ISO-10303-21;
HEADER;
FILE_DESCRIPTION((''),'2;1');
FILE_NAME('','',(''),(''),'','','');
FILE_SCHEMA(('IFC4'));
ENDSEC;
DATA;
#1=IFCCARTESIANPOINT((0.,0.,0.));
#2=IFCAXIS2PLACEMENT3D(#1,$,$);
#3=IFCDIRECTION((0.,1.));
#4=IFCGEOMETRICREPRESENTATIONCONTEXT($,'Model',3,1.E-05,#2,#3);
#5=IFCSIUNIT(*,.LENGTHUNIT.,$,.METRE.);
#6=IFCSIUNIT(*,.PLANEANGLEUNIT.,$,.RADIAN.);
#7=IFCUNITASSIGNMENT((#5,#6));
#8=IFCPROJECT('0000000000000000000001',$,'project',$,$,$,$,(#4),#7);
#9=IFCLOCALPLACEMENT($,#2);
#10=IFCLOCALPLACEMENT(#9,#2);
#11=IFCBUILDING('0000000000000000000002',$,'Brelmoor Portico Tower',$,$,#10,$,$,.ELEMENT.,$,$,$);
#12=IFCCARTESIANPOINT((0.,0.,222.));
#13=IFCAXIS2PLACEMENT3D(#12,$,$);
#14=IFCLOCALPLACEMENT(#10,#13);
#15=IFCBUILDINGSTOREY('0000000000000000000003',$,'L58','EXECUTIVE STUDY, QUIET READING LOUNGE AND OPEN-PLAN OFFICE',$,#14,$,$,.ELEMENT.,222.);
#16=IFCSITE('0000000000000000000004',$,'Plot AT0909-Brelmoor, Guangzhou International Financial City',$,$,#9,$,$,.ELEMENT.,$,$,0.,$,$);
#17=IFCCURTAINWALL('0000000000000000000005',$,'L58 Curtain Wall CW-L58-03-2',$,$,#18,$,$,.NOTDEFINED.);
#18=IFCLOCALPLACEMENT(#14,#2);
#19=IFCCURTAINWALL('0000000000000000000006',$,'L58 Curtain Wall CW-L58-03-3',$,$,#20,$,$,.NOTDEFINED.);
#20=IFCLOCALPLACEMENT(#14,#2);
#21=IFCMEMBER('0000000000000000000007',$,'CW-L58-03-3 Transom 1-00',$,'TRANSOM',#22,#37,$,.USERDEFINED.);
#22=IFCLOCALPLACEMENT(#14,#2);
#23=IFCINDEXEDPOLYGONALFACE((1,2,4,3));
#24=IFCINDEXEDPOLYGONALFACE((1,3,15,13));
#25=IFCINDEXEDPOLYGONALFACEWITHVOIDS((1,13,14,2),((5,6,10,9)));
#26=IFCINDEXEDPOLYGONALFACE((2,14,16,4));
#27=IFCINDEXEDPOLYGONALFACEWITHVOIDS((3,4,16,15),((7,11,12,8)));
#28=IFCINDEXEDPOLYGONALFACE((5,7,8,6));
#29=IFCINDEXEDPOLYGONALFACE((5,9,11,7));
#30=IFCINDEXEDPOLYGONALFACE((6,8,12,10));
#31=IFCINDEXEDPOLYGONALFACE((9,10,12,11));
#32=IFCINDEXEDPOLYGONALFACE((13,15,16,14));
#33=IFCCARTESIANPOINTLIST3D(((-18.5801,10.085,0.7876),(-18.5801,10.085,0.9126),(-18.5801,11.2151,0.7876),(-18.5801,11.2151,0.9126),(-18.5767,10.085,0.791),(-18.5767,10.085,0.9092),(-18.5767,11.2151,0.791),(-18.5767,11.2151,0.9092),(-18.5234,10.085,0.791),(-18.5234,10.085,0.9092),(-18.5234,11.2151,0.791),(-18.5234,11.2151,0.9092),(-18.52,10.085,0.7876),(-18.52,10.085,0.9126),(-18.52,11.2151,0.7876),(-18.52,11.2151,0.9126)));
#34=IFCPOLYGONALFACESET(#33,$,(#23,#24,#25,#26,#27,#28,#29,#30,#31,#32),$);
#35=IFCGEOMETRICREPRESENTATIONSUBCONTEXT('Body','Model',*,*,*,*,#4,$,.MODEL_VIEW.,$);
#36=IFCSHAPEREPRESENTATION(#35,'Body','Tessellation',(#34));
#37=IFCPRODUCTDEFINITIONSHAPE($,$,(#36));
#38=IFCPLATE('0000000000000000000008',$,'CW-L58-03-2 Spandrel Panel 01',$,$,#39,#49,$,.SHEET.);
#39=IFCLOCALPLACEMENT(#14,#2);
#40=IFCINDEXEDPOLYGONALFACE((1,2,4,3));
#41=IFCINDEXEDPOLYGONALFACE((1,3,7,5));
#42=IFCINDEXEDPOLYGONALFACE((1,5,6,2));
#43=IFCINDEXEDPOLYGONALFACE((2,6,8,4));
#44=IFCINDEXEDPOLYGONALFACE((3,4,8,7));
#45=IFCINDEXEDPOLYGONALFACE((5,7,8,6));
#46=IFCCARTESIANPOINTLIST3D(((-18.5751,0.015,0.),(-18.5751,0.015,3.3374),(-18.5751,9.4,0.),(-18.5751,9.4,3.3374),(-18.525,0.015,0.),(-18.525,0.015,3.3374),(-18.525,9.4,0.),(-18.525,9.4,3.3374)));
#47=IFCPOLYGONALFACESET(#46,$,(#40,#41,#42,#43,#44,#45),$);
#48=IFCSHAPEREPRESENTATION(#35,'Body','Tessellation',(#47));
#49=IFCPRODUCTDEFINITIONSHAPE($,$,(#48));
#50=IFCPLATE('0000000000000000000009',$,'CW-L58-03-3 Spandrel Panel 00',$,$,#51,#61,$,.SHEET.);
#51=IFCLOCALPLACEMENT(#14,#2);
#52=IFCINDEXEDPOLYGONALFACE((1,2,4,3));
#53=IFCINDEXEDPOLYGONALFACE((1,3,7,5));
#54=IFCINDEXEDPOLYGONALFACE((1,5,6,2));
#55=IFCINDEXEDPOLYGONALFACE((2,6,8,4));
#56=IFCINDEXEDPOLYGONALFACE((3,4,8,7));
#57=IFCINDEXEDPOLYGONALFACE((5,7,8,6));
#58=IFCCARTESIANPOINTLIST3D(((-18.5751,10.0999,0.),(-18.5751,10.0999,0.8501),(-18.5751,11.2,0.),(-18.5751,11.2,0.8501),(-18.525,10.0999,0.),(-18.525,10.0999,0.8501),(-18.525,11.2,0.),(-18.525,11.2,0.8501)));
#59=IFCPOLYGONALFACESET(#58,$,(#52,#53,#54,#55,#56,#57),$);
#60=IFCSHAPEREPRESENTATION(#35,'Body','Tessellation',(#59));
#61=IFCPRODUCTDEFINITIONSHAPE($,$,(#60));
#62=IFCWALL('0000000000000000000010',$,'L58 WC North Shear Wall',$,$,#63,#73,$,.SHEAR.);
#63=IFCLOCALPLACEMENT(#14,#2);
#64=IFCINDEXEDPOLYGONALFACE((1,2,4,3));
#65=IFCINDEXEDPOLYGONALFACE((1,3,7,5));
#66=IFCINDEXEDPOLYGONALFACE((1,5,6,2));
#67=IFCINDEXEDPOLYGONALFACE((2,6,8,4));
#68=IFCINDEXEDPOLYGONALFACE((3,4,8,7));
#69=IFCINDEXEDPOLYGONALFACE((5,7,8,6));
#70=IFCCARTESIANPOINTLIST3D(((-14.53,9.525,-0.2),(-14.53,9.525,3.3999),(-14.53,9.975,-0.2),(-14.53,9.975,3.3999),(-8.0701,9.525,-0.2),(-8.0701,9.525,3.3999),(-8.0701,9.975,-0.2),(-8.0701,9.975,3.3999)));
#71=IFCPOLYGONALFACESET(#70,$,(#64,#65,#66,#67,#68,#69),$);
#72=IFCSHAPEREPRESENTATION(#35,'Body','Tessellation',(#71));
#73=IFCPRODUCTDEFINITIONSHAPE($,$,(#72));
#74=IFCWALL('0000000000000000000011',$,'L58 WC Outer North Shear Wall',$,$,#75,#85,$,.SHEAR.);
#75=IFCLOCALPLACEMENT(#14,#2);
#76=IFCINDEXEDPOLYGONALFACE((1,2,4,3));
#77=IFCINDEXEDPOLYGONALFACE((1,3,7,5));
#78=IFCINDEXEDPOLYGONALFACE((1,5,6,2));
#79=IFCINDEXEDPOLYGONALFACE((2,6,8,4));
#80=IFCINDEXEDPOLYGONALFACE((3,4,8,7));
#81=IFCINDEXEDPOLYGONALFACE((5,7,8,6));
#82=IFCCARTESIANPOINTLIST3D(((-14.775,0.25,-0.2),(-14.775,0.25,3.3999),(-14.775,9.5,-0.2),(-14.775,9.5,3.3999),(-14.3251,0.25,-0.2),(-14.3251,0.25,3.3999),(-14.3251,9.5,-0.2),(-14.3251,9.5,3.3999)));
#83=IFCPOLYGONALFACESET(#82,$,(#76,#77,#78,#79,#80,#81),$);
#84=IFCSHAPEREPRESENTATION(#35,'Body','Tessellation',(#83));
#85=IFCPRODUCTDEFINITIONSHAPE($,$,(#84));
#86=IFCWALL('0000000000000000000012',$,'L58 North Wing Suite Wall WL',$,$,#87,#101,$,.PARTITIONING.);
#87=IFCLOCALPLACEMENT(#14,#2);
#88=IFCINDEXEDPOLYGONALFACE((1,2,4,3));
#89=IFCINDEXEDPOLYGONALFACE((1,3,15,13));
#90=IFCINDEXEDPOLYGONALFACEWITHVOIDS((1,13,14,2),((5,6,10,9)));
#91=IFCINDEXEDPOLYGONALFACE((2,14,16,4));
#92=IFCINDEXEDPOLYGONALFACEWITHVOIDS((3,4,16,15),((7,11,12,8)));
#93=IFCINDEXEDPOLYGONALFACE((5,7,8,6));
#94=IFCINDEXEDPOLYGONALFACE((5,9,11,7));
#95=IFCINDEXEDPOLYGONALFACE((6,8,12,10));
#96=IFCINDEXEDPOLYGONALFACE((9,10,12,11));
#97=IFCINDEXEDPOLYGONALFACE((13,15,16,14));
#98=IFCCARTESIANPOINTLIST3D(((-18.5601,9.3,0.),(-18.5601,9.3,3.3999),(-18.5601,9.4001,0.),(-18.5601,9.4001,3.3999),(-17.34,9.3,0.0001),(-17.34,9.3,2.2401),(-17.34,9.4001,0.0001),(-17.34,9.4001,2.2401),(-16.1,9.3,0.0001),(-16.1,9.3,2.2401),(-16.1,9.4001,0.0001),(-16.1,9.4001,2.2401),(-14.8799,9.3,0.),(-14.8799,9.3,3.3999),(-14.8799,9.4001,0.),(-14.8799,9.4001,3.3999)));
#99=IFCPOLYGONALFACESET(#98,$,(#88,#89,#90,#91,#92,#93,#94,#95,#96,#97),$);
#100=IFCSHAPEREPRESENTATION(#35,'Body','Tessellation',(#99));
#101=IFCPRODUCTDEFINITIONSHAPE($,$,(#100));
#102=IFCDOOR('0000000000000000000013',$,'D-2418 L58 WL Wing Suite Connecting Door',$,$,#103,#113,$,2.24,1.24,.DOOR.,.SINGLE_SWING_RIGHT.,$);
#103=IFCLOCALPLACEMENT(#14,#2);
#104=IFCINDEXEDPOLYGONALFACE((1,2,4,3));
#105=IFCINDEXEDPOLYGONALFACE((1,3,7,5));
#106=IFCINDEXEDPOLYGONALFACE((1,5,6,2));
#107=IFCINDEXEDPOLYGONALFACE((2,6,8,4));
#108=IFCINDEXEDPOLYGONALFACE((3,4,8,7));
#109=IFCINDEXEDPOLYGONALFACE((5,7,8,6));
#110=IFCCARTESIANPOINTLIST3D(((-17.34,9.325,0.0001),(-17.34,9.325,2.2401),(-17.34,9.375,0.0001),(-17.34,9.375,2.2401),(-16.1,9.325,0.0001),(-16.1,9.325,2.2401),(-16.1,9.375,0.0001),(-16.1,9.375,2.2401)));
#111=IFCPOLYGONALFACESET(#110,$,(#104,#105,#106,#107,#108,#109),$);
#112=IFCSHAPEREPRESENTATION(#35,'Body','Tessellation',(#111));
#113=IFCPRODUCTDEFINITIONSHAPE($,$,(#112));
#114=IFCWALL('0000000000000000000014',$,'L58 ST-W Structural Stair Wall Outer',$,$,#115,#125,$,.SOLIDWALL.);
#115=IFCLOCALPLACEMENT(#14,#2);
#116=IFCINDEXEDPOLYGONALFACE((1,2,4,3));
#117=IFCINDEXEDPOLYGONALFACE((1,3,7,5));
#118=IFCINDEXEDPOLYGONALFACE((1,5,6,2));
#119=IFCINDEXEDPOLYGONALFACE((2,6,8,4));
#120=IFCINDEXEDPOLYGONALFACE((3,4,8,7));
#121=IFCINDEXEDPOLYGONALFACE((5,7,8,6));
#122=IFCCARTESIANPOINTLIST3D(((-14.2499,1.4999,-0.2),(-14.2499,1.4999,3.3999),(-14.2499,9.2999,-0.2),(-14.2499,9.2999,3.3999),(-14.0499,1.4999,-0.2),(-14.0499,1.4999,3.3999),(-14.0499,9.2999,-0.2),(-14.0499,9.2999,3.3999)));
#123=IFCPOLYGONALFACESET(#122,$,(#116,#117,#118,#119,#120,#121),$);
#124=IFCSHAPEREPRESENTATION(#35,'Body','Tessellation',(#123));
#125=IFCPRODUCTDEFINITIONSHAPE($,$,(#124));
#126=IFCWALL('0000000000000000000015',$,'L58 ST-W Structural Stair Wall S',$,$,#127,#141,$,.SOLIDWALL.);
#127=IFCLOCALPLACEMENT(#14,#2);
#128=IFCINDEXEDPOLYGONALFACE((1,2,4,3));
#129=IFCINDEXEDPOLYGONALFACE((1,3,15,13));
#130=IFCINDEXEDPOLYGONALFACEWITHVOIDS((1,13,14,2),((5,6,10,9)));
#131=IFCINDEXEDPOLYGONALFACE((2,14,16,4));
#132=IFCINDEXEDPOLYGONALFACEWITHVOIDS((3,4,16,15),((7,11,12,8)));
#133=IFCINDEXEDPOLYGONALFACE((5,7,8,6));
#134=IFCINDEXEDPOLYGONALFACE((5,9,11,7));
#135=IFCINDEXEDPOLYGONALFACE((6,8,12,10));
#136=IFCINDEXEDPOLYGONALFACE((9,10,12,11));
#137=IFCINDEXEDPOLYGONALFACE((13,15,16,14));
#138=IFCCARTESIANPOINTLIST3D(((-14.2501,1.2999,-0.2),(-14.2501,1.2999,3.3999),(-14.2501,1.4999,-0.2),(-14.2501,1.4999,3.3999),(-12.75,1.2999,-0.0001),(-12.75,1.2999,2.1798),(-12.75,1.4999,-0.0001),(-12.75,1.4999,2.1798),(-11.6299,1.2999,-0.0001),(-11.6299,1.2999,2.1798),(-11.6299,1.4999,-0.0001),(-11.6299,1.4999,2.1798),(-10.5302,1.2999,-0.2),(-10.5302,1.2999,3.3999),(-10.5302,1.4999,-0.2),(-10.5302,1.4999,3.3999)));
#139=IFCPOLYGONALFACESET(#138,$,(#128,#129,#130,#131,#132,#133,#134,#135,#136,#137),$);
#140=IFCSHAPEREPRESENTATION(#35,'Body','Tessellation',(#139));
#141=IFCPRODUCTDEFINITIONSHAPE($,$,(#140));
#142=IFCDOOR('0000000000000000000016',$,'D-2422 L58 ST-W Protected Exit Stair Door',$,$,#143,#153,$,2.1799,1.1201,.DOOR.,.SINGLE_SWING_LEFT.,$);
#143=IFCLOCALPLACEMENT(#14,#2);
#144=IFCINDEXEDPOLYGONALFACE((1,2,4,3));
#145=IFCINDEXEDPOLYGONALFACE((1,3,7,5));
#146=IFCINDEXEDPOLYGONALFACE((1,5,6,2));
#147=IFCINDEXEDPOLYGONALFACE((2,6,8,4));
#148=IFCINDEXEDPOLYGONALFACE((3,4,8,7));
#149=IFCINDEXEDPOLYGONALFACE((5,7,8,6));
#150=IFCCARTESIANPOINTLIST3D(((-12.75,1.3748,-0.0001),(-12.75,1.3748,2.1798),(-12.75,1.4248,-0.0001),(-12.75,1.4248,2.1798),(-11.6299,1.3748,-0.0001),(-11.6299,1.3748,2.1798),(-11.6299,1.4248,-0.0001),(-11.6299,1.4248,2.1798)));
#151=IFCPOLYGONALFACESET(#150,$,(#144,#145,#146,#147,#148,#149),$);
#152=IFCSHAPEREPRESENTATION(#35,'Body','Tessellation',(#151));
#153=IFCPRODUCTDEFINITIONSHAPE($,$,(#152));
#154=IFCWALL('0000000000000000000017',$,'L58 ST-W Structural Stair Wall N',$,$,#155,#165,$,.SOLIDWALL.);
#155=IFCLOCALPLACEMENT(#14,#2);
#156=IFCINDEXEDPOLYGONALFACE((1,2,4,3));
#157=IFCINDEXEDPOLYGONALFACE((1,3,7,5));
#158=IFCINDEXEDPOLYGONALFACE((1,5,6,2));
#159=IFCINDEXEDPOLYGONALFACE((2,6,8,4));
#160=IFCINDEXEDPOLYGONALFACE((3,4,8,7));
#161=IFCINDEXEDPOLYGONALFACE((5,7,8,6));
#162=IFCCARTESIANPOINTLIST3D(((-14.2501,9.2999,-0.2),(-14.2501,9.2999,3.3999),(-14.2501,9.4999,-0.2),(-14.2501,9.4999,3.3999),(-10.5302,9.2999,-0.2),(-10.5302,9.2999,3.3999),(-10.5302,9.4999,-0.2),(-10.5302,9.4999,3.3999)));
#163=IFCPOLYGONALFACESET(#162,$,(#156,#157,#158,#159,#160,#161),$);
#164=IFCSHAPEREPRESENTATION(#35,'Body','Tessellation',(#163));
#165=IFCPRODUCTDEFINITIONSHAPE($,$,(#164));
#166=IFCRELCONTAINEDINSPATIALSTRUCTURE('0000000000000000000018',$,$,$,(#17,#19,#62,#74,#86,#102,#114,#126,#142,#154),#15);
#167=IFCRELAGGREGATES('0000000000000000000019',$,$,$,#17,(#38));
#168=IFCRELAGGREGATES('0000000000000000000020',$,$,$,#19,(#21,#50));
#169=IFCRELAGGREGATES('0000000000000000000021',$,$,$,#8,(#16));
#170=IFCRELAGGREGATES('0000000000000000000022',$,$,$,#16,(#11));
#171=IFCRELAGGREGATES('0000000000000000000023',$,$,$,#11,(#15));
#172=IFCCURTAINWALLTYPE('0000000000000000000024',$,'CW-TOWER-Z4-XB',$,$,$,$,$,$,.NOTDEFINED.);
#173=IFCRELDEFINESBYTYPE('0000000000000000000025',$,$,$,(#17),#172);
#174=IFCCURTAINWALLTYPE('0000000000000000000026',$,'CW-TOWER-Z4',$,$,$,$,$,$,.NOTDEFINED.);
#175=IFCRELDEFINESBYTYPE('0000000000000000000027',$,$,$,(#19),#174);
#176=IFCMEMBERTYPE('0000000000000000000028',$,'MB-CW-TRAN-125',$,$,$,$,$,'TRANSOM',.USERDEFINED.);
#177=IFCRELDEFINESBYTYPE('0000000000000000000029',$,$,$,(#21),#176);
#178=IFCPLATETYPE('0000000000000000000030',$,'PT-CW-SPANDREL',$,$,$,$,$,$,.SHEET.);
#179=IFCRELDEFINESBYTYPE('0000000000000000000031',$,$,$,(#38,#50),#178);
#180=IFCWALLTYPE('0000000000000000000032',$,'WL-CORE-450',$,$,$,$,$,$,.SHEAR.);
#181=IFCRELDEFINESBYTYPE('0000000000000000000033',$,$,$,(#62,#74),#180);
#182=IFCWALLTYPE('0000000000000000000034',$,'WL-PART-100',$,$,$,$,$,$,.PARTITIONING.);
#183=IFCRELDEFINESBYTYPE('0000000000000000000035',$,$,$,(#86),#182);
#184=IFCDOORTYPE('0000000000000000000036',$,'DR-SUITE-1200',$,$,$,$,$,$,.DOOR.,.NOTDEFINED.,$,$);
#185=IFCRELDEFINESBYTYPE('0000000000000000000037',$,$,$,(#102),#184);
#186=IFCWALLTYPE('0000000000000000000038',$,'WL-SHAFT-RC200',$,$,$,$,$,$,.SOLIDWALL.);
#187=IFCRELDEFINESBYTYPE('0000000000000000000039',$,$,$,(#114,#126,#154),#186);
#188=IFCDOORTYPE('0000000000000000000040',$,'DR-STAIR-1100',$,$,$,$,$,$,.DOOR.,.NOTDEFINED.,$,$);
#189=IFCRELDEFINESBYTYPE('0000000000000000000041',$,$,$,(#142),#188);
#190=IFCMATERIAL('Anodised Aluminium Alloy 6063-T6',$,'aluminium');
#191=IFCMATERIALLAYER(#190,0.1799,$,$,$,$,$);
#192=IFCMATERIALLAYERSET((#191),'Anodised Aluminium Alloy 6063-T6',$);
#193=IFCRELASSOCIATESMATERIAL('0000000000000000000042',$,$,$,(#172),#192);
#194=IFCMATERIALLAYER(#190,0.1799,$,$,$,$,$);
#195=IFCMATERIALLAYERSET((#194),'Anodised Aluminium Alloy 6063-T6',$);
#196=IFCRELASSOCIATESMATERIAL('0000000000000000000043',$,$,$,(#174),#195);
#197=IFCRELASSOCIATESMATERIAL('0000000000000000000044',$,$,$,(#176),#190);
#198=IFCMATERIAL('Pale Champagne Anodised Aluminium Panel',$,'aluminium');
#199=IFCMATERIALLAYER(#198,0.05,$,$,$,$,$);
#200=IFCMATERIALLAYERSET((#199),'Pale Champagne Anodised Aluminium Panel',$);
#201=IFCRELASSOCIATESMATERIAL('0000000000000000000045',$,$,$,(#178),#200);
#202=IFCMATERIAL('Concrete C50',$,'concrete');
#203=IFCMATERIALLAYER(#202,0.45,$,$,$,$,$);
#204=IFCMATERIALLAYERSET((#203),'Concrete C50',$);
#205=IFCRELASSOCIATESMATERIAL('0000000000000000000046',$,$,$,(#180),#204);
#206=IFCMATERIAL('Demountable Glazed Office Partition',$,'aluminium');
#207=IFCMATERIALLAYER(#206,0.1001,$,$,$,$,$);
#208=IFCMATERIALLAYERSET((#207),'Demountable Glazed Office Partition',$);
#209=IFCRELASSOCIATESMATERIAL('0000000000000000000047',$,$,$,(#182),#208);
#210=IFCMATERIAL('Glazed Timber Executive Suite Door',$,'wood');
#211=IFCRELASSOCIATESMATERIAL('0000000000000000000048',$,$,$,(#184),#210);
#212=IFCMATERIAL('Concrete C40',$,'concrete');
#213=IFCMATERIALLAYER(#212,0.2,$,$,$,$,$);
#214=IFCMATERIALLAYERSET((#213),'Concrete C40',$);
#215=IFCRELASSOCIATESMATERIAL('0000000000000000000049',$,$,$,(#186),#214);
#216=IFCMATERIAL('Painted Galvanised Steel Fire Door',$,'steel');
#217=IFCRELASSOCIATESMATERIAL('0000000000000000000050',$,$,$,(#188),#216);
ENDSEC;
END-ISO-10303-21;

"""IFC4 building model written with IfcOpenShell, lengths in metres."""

from ifc_helpers import new_model, si_unit, direction, frame, frame_2d, origin, origin_2d, place, context, subcontext, project, spatial, rectangle, hollow_rectangle, extrude, material, layer, layer_set, material_profile, profile_set, type_object, element, fill, aggregate, save


model = new_model("IFC4")

# Units and contexts
model_context = context("Model", 3, precision=1e-05, world=origin(), true_north=direction((0.0, 1.0)))
body_context = subcontext(model_context, "Body", "Model", "MODEL_VIEW")
ifc_project = project(units=[si_unit("LENGTHUNIT", "METRE"), si_unit("PLANEANGLEUNIT", "RADIAN")], contexts=[model_context])

# Site, building, storey
site_placement = place(None, origin())
site = spatial("IfcSite", under=ifc_project, at=site_placement, Name="Plot AT0909-Brelmoor, Guangzhou International Financial City", CompositionType="ELEMENT", RefElevation=0.0)
building_placement = place(site_placement, origin())
building = spatial("IfcBuilding", under=site, at=building_placement, Name="Brelmoor Portico Tower", CompositionType="ELEMENT")
storey_placement = place(building_placement, frame((0.0, 0.0, 222.0)))
storey = spatial("IfcBuildingStorey", under=building, at=storey_placement, Name="L58", Description="EXECUTIVE STUDY, QUIET READING LOUNGE AND OPEN-PLAN OFFICE", CompositionType="ELEMENT", Elevation=222.0)

# Curtain wall
ifc_material_1 = material(Name="Anodised Aluminium Alloy 6063-T6", Category="aluminium")
ifc_layer_1 = layer(ifc_material_1, 0.1799)
ifc_layer_set_1 = layer_set([ifc_layer_1], Name="Anodised Aluminium Alloy 6063-T6")
curtain_wall_type_1 = type_object("IfcCurtainWallType", Name="CW-TOWER-Z4-XB", PredefinedType="NOTDEFINED", material=ifc_layer_set_1)
curtain_wall_1_placement = place(storey_placement, origin())
curtain_wall_1 = element("IfcCurtainWall", 1, at=curtain_wall_1_placement, inside=storey, type_object=curtain_wall_type_1, Name="L58 Curtain Wall CW-L58-03-2", PredefinedType="NOTDEFINED")

# Curtain wall, member
ifc_layer_2 = layer(ifc_material_1, 0.1799)
ifc_layer_set_2 = layer_set([ifc_layer_2], Name="Anodised Aluminium Alloy 6063-T6")
curtain_wall_type_2 = type_object("IfcCurtainWallType", Name="CW-TOWER-Z4", PredefinedType="NOTDEFINED", material=ifc_layer_set_2)
curtain_wall_2_placement = place(storey_placement, origin())
curtain_wall_2 = element("IfcCurtainWall", 2, at=curtain_wall_2_placement, inside=storey, type_object=curtain_wall_type_2, Name="L58 Curtain Wall CW-L58-03-3", PredefinedType="NOTDEFINED")
ifc_material_profile_1 = material_profile(ifc_material_1, hollow_rectangle(XDim=0.0601, YDim=0.125, WallThickness=0.0034, at=origin_2d()), Name="ALU TRANSOM 60x125")
ifc_profile_set_1 = profile_set([ifc_material_profile_1], Name="Anodised Aluminium Alloy 6063-T6")
member_type_1 = type_object("IfcMemberType", Name="MB-CW-TRAN-125", ElementType="TRANSOM", PredefinedType="USERDEFINED", material=ifc_profile_set_1)
member_1_placement = place(storey_placement, frame((-18.55, 10.085, 0.8501), z_axis=(0.0, 1.0, 0.0), x_axis=(-1.0, 0.0, 0.0)))
member_1 = element("IfcMember", 3, at=member_1_placement, type_object=member_type_1, Name="CW-L58-03-3 Transom 1-00", ObjectType="TRANSOM", PredefinedType="USERDEFINED", context=body_context, shape_type="SweptSolid", body=[
    extrude(hollow_rectangle(XDim=0.0601, YDim=0.125, WallThickness=0.0034, at=origin_2d()), origin(), (0.0, 0.0, 1.0), 1.1301),
])

# Plates
ifc_material_2 = material(Name="Pale Champagne Anodised Aluminium Panel", Category="aluminium")
ifc_layer_3 = layer(ifc_material_2, 0.05)
ifc_layer_set_3 = layer_set([ifc_layer_3], Name="Pale Champagne Anodised Aluminium Panel")
plate_type = type_object("IfcPlateType", Name="PT-CW-SPANDREL", PredefinedType="SHEET", material=ifc_layer_set_3)
plate_1_placement = place(storey_placement, frame((-18.55, 4.7075, 0.0), z_axis=(0.0, 0.0, 1.0), x_axis=(0.0, 1.0, 0.0)))
plate_1 = element("IfcPlate", 4, at=plate_1_placement, type_object=plate_type, Name="CW-L58-03-2 Spandrel Panel 01", PredefinedType="SHEET", context=body_context, shape_type="SweptSolid", body=[
    extrude(rectangle(XDim=9.385, YDim=0.05, at=origin_2d()), origin(), (0.0, 0.0, 1.0), 3.3374),
])
aggregate(curtain_wall_1, [plate_1])
plate_2_placement = place(storey_placement, frame((-18.55, 10.6499, 0.0), z_axis=(0.0, 0.0, 1.0), x_axis=(0.0, 1.0, 0.0)))
plate_2 = element("IfcPlate", 5, at=plate_2_placement, type_object=plate_type, Name="CW-L58-03-3 Spandrel Panel 00", PredefinedType="SHEET", context=body_context, shape_type="SweptSolid", body=[
    extrude(rectangle(XDim=1.1001, YDim=0.05, at=origin_2d()), origin(), (0.0, 0.0, 1.0), 0.8501),
])
aggregate(curtain_wall_2, [member_1, plate_2])

# Walls
ifc_material_3 = material(Name="Concrete C50", Category="concrete")
ifc_layer_4 = layer(ifc_material_3, 0.45)
ifc_layer_set_4 = layer_set([ifc_layer_4], Name="Concrete C50")
wall_type_1 = type_object("IfcWallType", Name="WL-CORE-450", PredefinedType="SHEAR", material=ifc_layer_set_4)
wall_1_placement = place(storey_placement, frame((-14.53, 9.75, -0.2), z_axis=(0.0, 0.0, 1.0), x_axis=(1.0, 0.0, 0.0)))
element("IfcWall", 6, at=wall_1_placement, inside=storey, type_object=wall_type_1, Name="L58 WC North Shear Wall", PredefinedType="SHEAR", context=body_context, shape_type="SweptSolid", body=[
    extrude(rectangle(XDim=6.46, YDim=0.45, at=frame_2d((3.23, 0.0))), origin(), (0.0, 0.0, 1.0), 3.5999),
])
wall_2_placement = place(storey_placement, frame((-14.55, 0.25, -0.2), z_axis=(0.0, 0.0, 1.0), x_axis=(0.0, 1.0, 0.0)))
element("IfcWall", 7, at=wall_2_placement, inside=storey, type_object=wall_type_1, Name="L58 WC Outer North Shear Wall", PredefinedType="SHEAR", context=body_context, shape_type="SweptSolid", body=[
    extrude(rectangle(XDim=9.25, YDim=0.45, at=frame_2d((4.625, 0.0))), origin(), (0.0, 0.0, 1.0), 3.5999),
])

# Wall, opening, door
ifc_material_4 = material(Name="Demountable Glazed Office Partition", Category="aluminium")
ifc_layer_5 = layer(ifc_material_4, 0.1001)
ifc_layer_set_5 = layer_set([ifc_layer_5], Name="Demountable Glazed Office Partition")
wall_type_2 = type_object("IfcWallType", Name="WL-PART-100", PredefinedType="PARTITIONING", material=ifc_layer_set_5)
wall_3_placement = place(storey_placement, frame((-18.5601, 9.3501, 0.0), z_axis=(0.0, 0.0, 1.0), x_axis=(1.0, 0.0, 0.0)))
wall_3 = element("IfcWall", 8, at=wall_3_placement, inside=storey, type_object=wall_type_2, Name="L58 North Wing Suite Wall WL", PredefinedType="PARTITIONING", context=body_context, shape_type="SweptSolid", body=[
    extrude(rectangle(XDim=3.6802, YDim=0.1001, at=frame_2d((1.8401, 0.0))), origin(), (0.0, 0.0, 1.0), 3.3999),
])
opening_1_placement = place(wall_3_placement, frame((1.22, 0.0, 0.0)))
opening_1 = element("IfcOpeningElement", 9, at=opening_1_placement, cuts=wall_3, PredefinedType="OPENING", context=body_context, shape_type="SweptSolid", body=[
    extrude(rectangle(XDim=1.24, YDim=2.24, at=frame_2d((0.6201, 1.1201))), frame((0.0, 0.0601, 0.0), z_axis=(0.0, -1.0, 0.0), x_axis=(1.0, 0.0, 0.0)), (0.0, 0.0, 1.0), 0.1201),
])
ifc_material_5 = material(Name="Glazed Timber Executive Suite Door", Category="wood")
door_type_1 = type_object("IfcDoorType", Name="DR-SUITE-1200", OperationType="NOTDEFINED", PredefinedType="DOOR", material=ifc_material_5)
door_1_placement = place(opening_1_placement, origin())
door_1 = element("IfcDoor", 10, at=door_1_placement, inside=storey, type_object=door_type_1, Name="D-2418 L58 WL Wing Suite Connecting Door", OperationType="SINGLE_SWING_RIGHT", OverallHeight=2.24, OverallWidth=1.24, PredefinedType="DOOR", context=body_context, shape_type="SweptSolid", body=[
    extrude(rectangle(XDim=1.24, YDim=2.24, at=frame_2d((0.6201, 1.1201))), frame((0.0, 0.0249, 0.0), z_axis=(0.0, -1.0, 0.0), x_axis=(1.0, 0.0, 0.0)), (0.0, 0.0, 1.0), 0.05),
])
fill(opening_1, door_1)

# Wall
ifc_material_6 = material(Name="Concrete C40", Category="concrete")
ifc_layer_6 = layer(ifc_material_6, 0.2)
ifc_layer_set_6 = layer_set([ifc_layer_6], Name="Concrete C40")
wall_type_3 = type_object("IfcWallType", Name="WL-SHAFT-RC200", PredefinedType="SOLIDWALL", material=ifc_layer_set_6)
wall_4_placement = place(storey_placement, frame((-14.1499, 1.5, -0.2), z_axis=(0.0, 0.0, 1.0), x_axis=(0.0, 1.0, 0.0)))
element("IfcWall", 11, at=wall_4_placement, inside=storey, type_object=wall_type_3, Name="L58 ST-W Structural Stair Wall Outer", PredefinedType="SOLIDWALL", context=body_context, shape_type="SweptSolid", body=[
    extrude(rectangle(XDim=7.8, YDim=0.2, at=frame_2d((3.8999, 0.0))), origin(), (0.0, 0.0, 1.0), 3.5999),
])

# Wall, opening, door
wall_5_placement = place(storey_placement, frame((-14.25, 1.3999, -0.2), z_axis=(0.0, 0.0, 1.0), x_axis=(1.0, 0.0, 0.0)))
wall_5 = element("IfcWall", 12, at=wall_5_placement, inside=storey, type_object=wall_type_3, Name="L58 ST-W Structural Stair Wall S", PredefinedType="SOLIDWALL", context=body_context, shape_type="SweptSolid", body=[
    extrude(rectangle(XDim=3.72, YDim=0.2, at=frame_2d((1.8599, 0.0))), origin(), (0.0, 0.0, 1.0), 3.5999),
])
opening_2_placement = place(wall_5_placement, frame((1.5, 0.0, 0.2)))
opening_2 = element("IfcOpeningElement", 13, at=opening_2_placement, cuts=wall_5, PredefinedType="OPENING", context=body_context, shape_type="SweptSolid", body=[
    extrude(rectangle(XDim=1.1201, YDim=2.1799, at=frame_2d((0.5601, 1.0898))), frame((0.0, 0.1099, 0.0), z_axis=(0.0, -1.0, 0.0), x_axis=(1.0, 0.0, 0.0)), (0.0, 0.0, 1.0), 0.22),
])
ifc_material_7 = material(Name="Painted Galvanised Steel Fire Door", Category="steel")
door_type_2 = type_object("IfcDoorType", Name="DR-STAIR-1100", OperationType="NOTDEFINED", PredefinedType="DOOR", material=ifc_material_7)
door_2_placement = place(opening_2_placement, origin())
door_2 = element("IfcDoor", 14, at=door_2_placement, inside=storey, type_object=door_type_2, Name="D-2422 L58 ST-W Protected Exit Stair Door", OperationType="SINGLE_SWING_LEFT", OverallHeight=2.1799, OverallWidth=1.1201, PredefinedType="DOOR", context=body_context, shape_type="SweptSolid", body=[
    extrude(rectangle(XDim=1.1201, YDim=2.1799, at=frame_2d((0.5601, 1.0898))), frame((0.0, 0.0249, 0.0), z_axis=(0.0, -1.0, 0.0), x_axis=(1.0, 0.0, 0.0)), (0.0, 0.0, 1.0), 0.05),
])
fill(opening_2, door_2)

# Wall
wall_6_placement = place(storey_placement, frame((-14.25, 9.3999, -0.2), z_axis=(0.0, 0.0, 1.0), x_axis=(1.0, 0.0, 0.0)))
element("IfcWall", 15, at=wall_6_placement, inside=storey, type_object=wall_type_3, Name="L58 ST-W Structural Stair Wall N", PredefinedType="SOLIDWALL", context=body_context, shape_type="SweptSolid", body=[
    extrude(rectangle(XDim=3.72, YDim=0.2, at=frame_2d((1.8599, 0.0))), origin(), (0.0, 0.0, 1.0), 3.5999),
])

save(model, "model.ifc")
